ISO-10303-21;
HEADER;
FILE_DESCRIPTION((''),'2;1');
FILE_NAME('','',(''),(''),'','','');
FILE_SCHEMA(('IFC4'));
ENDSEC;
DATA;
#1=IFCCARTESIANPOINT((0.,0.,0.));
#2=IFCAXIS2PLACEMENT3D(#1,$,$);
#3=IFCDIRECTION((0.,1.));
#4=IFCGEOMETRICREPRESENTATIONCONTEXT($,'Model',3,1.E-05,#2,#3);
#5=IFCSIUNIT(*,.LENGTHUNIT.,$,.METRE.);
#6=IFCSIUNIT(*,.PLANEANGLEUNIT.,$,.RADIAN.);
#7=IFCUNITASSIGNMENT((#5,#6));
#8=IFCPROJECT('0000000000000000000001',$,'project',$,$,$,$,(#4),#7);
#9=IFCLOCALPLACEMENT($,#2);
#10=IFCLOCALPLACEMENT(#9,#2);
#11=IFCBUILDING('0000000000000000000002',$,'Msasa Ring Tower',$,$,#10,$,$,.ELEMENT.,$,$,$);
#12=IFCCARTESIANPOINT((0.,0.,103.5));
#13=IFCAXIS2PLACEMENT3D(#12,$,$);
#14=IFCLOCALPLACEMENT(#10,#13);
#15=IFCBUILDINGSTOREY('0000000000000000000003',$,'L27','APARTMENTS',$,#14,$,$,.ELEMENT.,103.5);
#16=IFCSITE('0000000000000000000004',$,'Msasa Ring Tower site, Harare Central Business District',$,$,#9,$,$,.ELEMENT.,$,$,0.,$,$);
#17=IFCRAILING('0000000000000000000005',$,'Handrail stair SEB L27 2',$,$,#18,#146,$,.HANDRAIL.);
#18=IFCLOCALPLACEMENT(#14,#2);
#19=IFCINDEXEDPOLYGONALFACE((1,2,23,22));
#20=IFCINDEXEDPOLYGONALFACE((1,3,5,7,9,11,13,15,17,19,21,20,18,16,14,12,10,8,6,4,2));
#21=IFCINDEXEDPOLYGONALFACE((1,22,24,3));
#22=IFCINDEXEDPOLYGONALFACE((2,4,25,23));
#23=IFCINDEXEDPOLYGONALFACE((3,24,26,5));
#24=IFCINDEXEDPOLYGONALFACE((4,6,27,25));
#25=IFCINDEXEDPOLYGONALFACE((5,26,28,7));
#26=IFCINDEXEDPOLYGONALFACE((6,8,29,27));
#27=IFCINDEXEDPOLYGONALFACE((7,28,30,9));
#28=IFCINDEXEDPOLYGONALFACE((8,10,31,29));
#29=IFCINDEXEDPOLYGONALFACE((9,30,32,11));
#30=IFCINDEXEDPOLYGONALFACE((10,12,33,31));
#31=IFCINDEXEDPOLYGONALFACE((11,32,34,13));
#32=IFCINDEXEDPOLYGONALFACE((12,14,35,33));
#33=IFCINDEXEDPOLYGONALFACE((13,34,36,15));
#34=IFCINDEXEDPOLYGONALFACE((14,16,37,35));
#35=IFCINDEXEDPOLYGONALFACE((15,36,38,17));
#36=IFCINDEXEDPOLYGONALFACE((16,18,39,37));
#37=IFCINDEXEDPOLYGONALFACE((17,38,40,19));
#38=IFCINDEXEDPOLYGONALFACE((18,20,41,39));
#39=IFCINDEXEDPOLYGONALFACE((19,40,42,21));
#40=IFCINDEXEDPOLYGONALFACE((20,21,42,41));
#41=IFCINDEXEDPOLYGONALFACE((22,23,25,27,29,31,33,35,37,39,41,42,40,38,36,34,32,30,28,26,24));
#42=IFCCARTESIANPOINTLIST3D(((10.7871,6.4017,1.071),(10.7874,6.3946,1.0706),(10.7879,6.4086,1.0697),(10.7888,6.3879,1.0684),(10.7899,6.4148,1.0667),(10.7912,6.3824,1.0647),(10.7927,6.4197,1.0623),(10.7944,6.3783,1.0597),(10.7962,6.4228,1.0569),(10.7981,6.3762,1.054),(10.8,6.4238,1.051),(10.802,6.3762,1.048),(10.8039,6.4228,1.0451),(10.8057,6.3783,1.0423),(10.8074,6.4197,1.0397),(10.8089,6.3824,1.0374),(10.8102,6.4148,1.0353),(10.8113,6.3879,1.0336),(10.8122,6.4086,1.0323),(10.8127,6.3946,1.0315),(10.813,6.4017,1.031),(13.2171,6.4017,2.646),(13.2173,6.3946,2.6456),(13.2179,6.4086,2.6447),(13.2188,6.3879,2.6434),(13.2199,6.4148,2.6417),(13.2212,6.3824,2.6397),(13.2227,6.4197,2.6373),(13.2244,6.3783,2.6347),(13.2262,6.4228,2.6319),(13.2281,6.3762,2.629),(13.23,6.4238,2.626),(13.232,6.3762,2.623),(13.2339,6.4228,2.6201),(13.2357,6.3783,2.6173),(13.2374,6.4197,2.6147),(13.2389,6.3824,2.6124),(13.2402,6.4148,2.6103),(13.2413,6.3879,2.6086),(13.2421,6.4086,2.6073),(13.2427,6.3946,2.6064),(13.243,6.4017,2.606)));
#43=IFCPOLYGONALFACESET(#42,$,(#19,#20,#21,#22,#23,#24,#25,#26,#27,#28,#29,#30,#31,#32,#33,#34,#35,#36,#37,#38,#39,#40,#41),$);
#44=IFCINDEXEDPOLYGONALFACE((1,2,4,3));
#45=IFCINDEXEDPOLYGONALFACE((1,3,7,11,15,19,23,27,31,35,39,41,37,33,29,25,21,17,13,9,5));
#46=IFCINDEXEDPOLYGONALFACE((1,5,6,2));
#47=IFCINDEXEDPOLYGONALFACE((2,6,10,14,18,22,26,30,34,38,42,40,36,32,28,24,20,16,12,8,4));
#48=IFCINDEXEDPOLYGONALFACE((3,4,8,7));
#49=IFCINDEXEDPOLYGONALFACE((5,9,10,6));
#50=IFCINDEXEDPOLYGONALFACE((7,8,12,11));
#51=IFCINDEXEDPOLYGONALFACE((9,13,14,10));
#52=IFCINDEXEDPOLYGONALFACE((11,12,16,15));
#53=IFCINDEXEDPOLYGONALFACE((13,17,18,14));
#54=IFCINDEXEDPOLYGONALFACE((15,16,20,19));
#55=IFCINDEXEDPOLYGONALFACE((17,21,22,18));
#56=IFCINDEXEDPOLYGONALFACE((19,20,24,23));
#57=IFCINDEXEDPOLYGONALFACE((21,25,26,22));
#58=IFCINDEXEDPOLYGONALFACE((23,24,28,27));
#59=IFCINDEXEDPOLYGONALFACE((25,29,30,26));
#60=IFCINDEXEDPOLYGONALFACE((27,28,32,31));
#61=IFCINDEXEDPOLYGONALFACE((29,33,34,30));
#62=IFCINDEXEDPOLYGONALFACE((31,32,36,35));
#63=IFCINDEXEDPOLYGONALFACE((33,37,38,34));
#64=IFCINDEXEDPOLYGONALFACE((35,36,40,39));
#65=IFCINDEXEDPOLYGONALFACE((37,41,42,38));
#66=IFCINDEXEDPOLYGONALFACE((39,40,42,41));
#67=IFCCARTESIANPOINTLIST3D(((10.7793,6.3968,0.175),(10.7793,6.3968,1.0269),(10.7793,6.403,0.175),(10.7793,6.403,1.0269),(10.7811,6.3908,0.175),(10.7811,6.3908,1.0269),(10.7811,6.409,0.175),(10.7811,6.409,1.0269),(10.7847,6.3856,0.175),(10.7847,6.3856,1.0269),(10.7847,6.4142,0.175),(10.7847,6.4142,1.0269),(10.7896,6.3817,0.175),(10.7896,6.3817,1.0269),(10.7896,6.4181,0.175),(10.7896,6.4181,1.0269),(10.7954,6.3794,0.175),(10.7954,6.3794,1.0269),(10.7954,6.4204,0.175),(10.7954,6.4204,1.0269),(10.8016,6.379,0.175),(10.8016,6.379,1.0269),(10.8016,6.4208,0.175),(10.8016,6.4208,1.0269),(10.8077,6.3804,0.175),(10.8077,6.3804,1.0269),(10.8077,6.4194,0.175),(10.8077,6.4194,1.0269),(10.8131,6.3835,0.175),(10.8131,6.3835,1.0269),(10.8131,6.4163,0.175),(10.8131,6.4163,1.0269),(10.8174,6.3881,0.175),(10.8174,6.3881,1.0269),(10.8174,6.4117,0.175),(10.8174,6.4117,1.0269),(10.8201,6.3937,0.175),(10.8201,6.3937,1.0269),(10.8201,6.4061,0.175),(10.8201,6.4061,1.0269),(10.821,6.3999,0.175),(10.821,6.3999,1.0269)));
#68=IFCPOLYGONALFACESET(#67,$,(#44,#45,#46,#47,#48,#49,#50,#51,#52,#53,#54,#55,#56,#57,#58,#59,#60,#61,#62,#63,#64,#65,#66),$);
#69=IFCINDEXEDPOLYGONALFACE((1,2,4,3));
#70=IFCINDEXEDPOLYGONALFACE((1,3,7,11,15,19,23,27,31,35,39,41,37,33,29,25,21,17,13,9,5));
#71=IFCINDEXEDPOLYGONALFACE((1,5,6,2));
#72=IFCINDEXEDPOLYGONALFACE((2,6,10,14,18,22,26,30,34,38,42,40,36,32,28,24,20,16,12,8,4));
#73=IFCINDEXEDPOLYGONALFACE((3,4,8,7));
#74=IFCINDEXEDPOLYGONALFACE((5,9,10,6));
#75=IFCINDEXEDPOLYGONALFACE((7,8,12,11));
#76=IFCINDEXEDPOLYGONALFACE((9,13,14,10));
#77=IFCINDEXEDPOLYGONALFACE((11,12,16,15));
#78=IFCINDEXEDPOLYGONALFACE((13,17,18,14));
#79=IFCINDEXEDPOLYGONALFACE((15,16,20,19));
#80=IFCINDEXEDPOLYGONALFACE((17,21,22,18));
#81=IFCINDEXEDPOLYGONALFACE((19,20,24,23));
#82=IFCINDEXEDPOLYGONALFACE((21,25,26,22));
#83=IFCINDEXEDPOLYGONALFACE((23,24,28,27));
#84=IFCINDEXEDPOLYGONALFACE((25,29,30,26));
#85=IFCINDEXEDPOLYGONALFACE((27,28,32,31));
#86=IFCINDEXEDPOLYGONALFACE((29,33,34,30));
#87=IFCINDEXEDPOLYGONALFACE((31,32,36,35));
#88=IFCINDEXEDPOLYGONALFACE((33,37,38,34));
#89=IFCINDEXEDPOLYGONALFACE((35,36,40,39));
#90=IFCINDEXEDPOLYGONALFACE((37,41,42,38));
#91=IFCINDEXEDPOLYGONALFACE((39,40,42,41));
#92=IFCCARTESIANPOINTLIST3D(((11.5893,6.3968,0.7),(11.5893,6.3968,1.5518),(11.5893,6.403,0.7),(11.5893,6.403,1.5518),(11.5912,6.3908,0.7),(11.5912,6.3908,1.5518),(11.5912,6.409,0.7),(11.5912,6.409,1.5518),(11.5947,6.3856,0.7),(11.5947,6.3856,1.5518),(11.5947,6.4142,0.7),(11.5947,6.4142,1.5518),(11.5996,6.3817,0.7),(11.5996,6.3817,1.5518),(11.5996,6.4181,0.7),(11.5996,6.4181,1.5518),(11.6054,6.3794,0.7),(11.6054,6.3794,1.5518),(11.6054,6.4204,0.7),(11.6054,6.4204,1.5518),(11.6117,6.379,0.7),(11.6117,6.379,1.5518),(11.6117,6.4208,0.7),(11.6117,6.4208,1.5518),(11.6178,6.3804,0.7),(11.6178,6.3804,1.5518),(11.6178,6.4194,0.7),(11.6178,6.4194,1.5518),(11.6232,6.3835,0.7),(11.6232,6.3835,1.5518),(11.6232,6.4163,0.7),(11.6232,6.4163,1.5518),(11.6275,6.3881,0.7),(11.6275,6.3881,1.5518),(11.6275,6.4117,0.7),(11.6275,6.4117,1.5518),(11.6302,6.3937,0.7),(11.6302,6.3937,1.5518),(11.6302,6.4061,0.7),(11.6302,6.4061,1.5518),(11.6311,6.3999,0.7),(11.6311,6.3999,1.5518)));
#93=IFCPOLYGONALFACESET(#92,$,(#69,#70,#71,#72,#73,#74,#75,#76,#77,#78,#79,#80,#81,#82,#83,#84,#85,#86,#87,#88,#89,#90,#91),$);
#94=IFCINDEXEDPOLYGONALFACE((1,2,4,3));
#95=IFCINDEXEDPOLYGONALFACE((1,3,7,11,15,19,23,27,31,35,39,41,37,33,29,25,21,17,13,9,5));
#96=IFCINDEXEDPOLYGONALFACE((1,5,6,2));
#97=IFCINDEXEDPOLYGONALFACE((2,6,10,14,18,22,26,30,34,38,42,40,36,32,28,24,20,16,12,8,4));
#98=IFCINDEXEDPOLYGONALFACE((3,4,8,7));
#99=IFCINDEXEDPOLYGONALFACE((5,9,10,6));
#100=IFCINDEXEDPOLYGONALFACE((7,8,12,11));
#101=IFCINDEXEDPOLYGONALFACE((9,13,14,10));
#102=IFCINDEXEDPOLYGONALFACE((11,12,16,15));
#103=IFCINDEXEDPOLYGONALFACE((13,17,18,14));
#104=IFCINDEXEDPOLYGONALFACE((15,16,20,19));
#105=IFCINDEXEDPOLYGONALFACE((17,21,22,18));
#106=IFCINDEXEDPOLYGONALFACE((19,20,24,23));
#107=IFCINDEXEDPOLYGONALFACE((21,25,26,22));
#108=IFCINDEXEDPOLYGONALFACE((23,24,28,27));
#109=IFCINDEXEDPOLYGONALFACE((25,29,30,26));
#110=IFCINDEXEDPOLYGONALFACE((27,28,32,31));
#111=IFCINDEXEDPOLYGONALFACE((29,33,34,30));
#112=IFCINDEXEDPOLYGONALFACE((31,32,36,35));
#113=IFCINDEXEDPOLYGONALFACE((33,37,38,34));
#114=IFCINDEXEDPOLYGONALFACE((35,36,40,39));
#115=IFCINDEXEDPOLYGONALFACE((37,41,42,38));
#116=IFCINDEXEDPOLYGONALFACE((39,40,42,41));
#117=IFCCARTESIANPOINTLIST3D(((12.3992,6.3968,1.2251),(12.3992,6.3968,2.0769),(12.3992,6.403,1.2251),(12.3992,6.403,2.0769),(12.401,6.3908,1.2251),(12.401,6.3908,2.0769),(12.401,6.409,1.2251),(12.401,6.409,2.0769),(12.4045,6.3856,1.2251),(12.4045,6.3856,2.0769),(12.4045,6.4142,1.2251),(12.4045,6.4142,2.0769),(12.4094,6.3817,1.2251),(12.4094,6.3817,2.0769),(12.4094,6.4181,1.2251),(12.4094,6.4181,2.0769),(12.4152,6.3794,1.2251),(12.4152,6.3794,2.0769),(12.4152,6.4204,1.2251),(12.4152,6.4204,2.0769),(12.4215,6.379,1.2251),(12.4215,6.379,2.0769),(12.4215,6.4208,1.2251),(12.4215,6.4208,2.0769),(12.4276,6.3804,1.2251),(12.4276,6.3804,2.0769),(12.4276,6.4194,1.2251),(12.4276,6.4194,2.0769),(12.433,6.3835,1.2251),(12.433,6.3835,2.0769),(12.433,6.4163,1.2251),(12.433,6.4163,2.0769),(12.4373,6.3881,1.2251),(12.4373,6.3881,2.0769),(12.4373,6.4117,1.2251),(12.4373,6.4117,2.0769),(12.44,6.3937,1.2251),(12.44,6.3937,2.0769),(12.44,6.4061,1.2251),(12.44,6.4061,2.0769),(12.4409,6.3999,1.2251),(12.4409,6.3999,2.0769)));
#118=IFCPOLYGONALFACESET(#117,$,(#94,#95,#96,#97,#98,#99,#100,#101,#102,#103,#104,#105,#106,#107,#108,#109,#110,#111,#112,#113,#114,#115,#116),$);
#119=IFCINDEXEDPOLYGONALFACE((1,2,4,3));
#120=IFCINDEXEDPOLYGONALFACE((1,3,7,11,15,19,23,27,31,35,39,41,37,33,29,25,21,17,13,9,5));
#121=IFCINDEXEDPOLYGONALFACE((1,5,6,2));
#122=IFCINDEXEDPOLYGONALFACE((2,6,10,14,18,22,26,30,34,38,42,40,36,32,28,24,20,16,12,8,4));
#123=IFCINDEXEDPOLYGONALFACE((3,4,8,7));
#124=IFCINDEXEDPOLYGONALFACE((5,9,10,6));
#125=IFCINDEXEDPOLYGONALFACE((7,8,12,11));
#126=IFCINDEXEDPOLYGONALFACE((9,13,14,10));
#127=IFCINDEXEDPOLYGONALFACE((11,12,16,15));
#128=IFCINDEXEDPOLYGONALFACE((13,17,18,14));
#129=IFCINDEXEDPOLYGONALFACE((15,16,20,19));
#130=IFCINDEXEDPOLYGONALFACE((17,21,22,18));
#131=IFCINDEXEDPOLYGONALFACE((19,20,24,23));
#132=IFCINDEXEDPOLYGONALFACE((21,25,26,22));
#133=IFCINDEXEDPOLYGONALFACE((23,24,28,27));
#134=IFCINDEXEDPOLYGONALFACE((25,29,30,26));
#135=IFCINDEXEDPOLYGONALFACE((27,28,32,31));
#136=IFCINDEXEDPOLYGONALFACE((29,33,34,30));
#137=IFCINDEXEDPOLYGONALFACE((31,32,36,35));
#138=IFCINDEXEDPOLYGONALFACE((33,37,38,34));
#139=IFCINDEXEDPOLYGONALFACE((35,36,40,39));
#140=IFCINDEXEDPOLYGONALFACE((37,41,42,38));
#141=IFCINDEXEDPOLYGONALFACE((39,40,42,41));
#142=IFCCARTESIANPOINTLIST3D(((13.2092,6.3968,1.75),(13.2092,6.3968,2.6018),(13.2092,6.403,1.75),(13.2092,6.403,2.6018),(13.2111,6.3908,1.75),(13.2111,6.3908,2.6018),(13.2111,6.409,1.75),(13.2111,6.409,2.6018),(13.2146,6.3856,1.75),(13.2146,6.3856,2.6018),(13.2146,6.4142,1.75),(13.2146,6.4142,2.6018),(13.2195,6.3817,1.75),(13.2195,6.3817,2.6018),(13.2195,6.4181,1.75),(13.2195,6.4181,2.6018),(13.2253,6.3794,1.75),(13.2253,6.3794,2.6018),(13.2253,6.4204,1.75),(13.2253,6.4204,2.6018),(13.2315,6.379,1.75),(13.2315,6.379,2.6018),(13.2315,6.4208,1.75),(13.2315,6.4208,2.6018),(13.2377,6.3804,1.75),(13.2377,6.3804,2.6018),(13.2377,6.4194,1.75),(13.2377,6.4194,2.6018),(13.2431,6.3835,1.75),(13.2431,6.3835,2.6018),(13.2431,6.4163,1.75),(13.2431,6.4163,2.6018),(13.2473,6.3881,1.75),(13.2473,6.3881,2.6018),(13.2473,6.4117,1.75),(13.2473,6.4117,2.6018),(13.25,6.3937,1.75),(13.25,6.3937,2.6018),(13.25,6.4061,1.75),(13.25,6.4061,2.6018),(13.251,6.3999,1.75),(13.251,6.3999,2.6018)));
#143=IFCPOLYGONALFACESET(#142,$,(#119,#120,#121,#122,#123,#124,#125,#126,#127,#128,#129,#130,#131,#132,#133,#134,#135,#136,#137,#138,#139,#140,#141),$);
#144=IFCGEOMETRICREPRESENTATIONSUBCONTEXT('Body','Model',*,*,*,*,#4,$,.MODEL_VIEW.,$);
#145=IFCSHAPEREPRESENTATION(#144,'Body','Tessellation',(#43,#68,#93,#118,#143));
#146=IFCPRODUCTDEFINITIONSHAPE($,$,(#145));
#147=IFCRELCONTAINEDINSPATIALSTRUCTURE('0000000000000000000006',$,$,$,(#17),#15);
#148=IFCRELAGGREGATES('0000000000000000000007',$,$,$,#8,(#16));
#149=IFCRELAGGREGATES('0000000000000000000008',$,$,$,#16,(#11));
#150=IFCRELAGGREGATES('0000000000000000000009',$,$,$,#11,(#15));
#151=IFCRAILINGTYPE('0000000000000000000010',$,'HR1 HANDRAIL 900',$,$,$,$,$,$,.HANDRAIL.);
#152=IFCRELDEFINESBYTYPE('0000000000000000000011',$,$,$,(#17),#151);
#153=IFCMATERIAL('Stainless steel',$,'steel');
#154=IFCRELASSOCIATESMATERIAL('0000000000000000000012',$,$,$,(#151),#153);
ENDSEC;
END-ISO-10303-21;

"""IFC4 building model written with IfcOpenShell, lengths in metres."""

from ifc_helpers import new_model, si_unit, direction, frame, origin, origin_2d, place, context, subcontext, project, spatial, circle, extrude, material, type_object, element, save


model = new_model("IFC4")

# Units and contexts
model_context = context("Model", 3, precision=1e-05, world=origin(), true_north=direction((0.0, 1.0)))
body_context = subcontext(model_context, "Body", "Model", "MODEL_VIEW")
ifc_project = project(units=[si_unit("LENGTHUNIT", "METRE"), si_unit("PLANEANGLEUNIT", "RADIAN")], contexts=[model_context])

# Site, building, storey
site_placement = place(None, origin())
site = spatial("IfcSite", under=ifc_project, at=site_placement, Name="Msasa Ring Tower site, Harare Central Business District", CompositionType="ELEMENT", RefElevation=0.0)
building_placement = place(site_placement, origin())
building = spatial("IfcBuilding", under=site, at=building_placement, Name="Msasa Ring Tower", CompositionType="ELEMENT")
storey_placement = place(building_placement, frame((0.0, 0.0, 103.5)))
storey = spatial("IfcBuildingStorey", under=building, at=storey_placement, Name="L27", Description="APARTMENTS", CompositionType="ELEMENT", Elevation=103.5)

# Railing
ifc_material_1 = material(Name="Stainless steel", Category="steel")
railing_type = type_object("IfcRailingType", Name="HR1 HANDRAIL 900", PredefinedType="HANDRAIL", material=ifc_material_1)
for number, where, name in (
    (1, (10.8, 6.3999, 0.175), "Handrail stair SEB L27 2"),
):
    element("IfcRailing", number, at=place(storey_placement, frame(where)), inside=storey, type_object=railing_type, Name=name, PredefinedType="HANDRAIL", context=body_context, shape_type="SweptSolid", body=[
        extrude(circle(Radius=0.0239, at=origin_2d()), frame((0.0, 0.0, 0.876), z_axis=(0.839154, 0.0, 0.543894), x_axis=(0.0, 1.0, 0.0)), (0.0, 0.0, 1.0), 2.8958),
        extrude(circle(Radius=0.021, at=origin_2d()), origin(), (0.0, 0.0, 1.0), 0.8518),
        extrude(circle(Radius=0.021, at=origin_2d()), frame((0.8101, 0.0, 0.5249)), (0.0, 0.0, 1.0), 0.8518),
        extrude(circle(Radius=0.021, at=origin_2d()), frame((1.6199, 0.0, 1.05)), (0.0, 0.0, 1.0), 0.8518),
        extrude(circle(Radius=0.021, at=origin_2d()), frame((2.4299, 0.0, 1.575)), (0.0, 0.0, 1.0), 0.8518),
    ])

save(model, "model.ifc")
